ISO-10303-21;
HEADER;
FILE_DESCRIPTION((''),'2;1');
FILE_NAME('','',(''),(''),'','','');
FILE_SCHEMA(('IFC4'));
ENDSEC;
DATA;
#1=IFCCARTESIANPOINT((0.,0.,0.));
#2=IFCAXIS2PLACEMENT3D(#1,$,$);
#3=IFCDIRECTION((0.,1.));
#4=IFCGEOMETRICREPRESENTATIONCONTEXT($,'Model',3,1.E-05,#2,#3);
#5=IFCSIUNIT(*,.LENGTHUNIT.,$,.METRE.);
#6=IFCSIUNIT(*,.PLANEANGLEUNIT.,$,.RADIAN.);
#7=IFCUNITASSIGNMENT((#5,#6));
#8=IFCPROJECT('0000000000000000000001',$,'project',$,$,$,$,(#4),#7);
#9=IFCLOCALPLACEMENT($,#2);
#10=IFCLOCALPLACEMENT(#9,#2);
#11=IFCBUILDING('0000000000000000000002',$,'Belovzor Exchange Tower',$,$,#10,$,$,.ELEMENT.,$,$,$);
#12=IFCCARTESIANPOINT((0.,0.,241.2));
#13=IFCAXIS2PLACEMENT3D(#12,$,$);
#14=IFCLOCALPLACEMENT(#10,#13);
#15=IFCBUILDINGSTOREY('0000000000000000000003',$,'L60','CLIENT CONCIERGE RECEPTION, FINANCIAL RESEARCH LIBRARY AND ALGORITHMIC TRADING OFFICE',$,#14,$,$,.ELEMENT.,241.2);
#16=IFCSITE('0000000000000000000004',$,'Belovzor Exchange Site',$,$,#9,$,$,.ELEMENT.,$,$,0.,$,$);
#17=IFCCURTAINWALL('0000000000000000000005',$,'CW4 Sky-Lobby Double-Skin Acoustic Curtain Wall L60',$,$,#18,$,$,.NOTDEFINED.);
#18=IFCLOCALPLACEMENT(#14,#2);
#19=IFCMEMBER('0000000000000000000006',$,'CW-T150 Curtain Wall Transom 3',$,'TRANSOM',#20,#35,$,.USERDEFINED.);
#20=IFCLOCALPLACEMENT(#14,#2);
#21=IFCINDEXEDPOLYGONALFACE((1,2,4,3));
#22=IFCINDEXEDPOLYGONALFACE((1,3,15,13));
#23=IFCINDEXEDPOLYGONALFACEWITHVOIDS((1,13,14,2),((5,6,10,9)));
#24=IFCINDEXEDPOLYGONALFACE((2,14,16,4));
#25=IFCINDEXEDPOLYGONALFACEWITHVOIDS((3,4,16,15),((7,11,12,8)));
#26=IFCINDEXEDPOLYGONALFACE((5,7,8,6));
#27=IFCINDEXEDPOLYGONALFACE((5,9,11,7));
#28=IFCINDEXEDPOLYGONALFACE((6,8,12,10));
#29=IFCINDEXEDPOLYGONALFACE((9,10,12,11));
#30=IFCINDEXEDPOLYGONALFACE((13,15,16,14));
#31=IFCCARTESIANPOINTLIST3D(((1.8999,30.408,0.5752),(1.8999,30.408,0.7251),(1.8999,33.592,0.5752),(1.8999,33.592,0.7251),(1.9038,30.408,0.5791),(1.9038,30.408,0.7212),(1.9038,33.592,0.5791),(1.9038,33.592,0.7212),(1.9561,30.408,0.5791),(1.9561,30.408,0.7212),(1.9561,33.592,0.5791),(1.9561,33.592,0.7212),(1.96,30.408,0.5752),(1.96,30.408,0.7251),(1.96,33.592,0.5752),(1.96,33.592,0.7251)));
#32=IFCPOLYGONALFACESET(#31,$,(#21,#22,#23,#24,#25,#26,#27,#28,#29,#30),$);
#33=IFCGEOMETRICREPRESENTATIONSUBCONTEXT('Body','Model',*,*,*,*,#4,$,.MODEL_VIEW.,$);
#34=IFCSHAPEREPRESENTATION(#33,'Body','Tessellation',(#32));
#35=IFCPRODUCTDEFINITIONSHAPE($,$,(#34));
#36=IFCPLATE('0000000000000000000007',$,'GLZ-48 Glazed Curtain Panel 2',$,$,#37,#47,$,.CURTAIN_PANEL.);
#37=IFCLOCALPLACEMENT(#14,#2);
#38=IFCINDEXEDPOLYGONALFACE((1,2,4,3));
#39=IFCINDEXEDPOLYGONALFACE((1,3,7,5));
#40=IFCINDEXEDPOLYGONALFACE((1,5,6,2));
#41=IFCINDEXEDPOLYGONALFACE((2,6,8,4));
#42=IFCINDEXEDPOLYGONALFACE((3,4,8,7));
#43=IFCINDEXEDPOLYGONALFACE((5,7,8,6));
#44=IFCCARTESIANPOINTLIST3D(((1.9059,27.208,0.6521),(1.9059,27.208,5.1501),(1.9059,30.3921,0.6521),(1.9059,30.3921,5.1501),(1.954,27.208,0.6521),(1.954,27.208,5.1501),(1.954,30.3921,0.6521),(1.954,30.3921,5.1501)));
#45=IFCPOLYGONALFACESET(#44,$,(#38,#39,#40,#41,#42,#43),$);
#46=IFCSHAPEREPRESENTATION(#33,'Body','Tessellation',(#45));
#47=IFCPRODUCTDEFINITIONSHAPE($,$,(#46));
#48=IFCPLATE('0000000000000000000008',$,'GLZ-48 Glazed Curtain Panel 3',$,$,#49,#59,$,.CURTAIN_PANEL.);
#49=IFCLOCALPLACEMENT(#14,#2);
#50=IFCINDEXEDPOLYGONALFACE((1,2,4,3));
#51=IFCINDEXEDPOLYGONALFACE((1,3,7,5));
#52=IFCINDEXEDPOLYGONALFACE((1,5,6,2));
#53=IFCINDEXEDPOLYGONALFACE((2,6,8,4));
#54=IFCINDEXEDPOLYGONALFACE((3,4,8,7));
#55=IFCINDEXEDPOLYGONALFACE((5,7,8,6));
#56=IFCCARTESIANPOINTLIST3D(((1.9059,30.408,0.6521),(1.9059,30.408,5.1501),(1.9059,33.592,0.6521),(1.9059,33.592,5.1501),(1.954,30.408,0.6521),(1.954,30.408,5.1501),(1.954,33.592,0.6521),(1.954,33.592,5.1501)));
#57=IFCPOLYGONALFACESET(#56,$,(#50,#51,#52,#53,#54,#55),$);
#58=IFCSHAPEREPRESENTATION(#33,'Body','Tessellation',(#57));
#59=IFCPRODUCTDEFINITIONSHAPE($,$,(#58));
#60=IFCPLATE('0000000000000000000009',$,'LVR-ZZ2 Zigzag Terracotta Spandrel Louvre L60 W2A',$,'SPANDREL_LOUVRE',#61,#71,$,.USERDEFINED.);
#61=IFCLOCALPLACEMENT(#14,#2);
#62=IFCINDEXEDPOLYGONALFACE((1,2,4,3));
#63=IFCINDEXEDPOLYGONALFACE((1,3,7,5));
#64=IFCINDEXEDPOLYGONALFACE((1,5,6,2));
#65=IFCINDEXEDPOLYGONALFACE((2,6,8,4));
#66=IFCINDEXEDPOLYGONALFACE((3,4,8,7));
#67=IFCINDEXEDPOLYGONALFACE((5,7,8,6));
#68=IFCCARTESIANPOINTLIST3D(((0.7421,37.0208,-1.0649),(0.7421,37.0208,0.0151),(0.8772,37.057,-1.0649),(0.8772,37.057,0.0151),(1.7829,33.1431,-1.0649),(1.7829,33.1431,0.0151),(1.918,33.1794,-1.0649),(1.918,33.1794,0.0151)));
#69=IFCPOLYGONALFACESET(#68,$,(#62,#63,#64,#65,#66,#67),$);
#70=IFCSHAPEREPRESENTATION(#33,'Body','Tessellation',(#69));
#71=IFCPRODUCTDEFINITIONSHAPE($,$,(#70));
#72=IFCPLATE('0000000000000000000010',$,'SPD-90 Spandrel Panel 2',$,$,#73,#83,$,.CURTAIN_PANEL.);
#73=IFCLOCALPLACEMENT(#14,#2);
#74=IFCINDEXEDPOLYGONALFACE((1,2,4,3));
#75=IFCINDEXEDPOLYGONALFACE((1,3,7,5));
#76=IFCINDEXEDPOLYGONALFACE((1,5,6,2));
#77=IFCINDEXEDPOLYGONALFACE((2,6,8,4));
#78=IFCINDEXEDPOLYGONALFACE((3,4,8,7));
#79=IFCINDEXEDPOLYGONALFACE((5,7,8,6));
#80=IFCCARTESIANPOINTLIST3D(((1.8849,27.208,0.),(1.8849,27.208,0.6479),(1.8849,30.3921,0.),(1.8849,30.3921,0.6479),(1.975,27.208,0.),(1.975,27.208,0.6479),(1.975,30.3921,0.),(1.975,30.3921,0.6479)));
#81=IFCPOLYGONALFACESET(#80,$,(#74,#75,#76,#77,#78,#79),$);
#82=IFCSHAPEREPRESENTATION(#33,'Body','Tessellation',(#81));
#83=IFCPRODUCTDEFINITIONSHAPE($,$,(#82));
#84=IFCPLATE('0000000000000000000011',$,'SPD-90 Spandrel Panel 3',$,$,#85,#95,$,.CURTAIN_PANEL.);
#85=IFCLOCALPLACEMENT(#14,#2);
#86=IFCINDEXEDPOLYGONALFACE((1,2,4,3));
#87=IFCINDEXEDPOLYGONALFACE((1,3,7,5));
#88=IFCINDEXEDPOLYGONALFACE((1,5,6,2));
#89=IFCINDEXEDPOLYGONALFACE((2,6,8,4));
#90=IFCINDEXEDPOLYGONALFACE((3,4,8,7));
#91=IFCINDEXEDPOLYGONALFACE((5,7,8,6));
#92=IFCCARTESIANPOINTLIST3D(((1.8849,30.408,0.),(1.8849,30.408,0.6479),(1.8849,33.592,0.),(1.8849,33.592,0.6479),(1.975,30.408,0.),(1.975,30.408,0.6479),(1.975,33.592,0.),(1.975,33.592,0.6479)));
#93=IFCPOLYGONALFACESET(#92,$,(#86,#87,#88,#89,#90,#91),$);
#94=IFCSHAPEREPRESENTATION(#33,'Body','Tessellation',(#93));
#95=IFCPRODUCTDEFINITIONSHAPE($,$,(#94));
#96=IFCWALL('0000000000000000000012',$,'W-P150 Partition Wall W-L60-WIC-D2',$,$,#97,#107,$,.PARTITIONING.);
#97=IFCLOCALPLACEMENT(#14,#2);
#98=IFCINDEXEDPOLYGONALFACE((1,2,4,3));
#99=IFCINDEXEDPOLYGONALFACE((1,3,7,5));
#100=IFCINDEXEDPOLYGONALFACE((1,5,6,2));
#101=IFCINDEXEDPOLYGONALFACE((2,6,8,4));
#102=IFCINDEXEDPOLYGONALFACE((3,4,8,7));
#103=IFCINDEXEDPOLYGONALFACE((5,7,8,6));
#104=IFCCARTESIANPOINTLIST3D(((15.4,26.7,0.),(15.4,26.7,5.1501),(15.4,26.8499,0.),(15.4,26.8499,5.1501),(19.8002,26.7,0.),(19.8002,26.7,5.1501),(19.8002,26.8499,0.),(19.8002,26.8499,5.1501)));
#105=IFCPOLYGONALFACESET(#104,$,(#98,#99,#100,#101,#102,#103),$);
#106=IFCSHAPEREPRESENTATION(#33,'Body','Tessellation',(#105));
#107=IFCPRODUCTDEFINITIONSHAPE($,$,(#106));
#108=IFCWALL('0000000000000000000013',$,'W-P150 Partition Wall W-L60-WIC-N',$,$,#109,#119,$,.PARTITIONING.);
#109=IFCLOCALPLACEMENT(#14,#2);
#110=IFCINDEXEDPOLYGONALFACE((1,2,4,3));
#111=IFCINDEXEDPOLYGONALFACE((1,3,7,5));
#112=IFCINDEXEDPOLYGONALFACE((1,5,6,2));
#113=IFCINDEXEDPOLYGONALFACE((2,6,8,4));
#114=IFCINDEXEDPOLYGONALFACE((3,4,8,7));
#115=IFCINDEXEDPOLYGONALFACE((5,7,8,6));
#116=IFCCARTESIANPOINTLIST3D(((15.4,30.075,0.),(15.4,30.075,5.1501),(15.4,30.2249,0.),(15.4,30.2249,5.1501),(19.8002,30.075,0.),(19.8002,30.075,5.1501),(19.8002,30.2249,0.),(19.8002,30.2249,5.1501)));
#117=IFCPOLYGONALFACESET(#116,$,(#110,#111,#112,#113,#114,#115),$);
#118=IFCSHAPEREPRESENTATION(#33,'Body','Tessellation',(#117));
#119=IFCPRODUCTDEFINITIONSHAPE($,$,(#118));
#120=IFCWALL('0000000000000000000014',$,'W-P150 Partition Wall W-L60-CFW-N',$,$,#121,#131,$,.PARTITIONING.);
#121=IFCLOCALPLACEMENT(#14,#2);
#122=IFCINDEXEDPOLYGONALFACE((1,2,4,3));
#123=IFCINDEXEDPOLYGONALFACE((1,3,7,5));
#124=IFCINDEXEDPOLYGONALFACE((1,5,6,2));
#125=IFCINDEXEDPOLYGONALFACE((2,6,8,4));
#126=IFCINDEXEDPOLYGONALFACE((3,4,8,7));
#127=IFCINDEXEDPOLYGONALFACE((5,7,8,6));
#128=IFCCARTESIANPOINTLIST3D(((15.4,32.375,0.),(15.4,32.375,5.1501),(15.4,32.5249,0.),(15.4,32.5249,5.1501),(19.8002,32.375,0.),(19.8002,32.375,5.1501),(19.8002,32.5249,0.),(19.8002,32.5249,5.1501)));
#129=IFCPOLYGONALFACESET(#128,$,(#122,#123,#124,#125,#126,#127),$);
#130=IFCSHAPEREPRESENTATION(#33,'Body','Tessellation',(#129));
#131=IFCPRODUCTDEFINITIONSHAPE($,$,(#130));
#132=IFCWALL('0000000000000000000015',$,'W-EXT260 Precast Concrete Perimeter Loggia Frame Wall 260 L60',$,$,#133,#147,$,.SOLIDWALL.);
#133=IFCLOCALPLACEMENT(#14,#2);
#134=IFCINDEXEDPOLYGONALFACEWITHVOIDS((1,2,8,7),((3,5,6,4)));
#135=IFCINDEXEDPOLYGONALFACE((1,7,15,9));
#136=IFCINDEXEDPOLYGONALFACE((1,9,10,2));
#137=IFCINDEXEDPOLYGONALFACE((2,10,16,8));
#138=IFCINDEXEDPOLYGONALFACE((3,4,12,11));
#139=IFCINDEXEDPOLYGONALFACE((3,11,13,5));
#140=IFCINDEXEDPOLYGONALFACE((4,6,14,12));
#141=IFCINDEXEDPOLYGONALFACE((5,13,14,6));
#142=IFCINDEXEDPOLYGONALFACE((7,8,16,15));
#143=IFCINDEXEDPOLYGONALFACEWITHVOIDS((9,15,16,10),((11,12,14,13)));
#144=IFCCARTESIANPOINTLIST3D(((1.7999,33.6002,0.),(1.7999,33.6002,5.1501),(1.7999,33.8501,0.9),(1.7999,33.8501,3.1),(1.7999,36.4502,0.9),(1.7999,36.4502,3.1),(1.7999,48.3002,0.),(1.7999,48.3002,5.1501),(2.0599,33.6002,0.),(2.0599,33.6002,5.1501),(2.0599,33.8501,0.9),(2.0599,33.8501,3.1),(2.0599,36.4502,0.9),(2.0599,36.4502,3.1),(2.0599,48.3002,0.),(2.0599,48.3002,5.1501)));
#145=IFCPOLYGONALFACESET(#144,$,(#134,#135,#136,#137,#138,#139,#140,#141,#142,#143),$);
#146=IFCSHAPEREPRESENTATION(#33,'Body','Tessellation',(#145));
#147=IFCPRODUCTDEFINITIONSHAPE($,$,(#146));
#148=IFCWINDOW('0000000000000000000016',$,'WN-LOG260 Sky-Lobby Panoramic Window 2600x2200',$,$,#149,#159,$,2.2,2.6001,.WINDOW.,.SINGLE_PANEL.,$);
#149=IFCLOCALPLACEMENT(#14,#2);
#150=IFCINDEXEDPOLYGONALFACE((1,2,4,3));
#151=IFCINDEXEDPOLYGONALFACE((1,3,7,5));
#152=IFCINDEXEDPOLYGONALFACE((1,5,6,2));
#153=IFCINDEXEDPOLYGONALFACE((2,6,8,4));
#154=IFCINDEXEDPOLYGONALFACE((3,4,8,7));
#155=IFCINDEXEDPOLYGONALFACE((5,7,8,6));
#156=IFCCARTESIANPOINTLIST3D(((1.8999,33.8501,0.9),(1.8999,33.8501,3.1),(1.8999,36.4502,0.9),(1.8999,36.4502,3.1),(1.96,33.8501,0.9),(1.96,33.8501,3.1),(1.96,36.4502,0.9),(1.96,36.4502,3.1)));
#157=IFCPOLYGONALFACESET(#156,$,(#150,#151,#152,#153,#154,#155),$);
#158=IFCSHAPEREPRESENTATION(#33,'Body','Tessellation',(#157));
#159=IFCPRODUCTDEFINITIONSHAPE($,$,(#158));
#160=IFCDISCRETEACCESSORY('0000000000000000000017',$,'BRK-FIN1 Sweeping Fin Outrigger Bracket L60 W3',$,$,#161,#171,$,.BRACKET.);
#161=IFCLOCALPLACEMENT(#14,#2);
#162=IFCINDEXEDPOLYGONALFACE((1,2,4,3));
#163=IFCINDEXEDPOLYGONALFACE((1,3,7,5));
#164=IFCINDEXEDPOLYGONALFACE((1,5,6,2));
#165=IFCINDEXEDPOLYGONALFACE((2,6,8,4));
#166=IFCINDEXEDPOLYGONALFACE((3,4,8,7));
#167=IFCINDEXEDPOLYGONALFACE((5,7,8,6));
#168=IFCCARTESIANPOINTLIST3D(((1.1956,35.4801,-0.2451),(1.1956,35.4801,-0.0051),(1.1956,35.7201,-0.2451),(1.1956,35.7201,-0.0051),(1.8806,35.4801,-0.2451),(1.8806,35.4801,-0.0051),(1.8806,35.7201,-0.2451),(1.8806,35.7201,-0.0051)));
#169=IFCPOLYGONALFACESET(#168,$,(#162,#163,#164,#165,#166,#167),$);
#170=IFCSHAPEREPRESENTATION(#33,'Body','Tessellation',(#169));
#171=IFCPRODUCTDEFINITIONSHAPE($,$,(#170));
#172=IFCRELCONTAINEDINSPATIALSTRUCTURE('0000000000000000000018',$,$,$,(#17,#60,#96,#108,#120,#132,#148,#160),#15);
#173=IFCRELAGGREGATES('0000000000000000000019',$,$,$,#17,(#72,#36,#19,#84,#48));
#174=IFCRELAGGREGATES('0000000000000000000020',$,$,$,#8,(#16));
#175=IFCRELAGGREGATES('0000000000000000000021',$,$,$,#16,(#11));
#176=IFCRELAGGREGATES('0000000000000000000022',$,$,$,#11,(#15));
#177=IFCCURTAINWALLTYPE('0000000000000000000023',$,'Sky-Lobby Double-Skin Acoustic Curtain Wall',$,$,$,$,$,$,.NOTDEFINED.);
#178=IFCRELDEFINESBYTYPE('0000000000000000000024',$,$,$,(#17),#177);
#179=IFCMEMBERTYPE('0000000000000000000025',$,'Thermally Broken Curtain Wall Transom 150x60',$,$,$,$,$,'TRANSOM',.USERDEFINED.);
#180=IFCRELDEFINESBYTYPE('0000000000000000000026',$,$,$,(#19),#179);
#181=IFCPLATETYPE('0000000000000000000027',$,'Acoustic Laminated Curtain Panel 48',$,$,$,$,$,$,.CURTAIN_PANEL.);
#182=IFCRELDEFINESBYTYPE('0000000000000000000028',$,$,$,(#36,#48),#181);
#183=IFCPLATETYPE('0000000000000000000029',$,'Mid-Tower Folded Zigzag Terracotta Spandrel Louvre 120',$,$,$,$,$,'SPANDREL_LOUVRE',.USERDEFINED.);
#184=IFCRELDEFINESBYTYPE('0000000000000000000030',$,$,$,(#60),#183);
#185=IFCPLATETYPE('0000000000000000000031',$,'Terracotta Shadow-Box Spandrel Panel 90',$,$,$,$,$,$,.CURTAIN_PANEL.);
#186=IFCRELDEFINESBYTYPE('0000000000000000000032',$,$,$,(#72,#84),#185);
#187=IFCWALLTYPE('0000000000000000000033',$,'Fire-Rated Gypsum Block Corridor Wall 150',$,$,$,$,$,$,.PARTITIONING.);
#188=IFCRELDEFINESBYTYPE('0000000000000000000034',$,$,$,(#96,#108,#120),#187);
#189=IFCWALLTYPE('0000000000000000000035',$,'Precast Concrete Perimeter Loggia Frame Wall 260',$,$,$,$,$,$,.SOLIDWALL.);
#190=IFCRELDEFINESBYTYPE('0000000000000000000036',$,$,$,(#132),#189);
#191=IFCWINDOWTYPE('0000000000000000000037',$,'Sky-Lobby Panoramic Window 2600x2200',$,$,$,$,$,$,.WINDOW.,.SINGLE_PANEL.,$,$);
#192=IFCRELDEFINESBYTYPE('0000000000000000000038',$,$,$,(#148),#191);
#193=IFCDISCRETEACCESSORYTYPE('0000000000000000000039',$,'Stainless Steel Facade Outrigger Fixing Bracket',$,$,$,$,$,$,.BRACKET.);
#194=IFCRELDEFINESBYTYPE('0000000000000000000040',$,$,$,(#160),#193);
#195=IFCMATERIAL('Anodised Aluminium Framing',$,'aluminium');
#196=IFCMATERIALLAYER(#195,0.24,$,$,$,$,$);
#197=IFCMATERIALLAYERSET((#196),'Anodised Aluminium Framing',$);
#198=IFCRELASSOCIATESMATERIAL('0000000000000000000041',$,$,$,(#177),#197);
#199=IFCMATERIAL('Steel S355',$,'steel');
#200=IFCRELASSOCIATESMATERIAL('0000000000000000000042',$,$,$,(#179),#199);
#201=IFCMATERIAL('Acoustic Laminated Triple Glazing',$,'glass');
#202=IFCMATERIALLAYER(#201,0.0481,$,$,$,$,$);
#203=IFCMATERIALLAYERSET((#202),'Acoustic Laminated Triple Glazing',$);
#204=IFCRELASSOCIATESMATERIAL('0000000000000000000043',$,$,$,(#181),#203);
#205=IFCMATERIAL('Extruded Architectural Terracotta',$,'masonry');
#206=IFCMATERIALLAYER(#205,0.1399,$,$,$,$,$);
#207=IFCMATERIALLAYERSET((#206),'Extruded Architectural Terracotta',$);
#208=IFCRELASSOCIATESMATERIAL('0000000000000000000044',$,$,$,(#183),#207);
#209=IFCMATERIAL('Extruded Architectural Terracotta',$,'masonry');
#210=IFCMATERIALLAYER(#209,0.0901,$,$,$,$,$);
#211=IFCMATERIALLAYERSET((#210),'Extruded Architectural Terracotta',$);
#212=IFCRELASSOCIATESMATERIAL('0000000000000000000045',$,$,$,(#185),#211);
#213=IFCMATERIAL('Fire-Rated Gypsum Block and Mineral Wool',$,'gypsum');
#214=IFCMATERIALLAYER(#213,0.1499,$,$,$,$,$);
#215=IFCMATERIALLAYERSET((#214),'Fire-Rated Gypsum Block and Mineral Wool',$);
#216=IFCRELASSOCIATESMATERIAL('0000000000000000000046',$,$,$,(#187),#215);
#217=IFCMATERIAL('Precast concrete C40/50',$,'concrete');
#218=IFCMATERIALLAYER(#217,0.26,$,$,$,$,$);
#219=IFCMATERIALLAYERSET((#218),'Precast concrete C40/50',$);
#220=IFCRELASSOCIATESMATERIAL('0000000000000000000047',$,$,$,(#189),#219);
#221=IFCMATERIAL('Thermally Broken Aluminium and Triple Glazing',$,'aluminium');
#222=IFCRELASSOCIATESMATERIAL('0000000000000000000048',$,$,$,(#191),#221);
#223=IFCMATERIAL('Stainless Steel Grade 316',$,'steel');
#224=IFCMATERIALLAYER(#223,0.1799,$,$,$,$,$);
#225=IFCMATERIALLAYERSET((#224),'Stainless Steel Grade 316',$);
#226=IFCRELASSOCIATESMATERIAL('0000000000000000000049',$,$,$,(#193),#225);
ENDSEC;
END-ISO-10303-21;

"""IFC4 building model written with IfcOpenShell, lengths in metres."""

from ifc_helpers import new_model, si_unit, direction, frame, frame_2d, origin, origin_2d, place, context, subcontext, project, spatial, rectangle, hollow_rectangle, extrude, material, layer, layer_set, material_profile, profile_set, type_object, element, fill, aggregate, save


model = new_model("IFC4")

# Units and contexts
model_context = context("Model", 3, precision=1e-05, world=origin(), true_north=direction((0.0, 1.0)))
body_context = subcontext(model_context, "Body", "Model", "MODEL_VIEW")
ifc_project = project(units=[si_unit("LENGTHUNIT", "METRE"), si_unit("PLANEANGLEUNIT", "RADIAN")], contexts=[model_context])

# Site, building, storey
site_placement = place(None, origin())
site = spatial("IfcSite", under=ifc_project, at=site_placement, Name="Belovzor Exchange Site", CompositionType="ELEMENT", RefElevation=0.0)
building_placement = place(site_placement, origin())
building = spatial("IfcBuilding", under=site, at=building_placement, Name="Belovzor Exchange Tower", CompositionType="ELEMENT")
storey_placement = place(building_placement, frame((0.0, 0.0, 241.2)))
storey = spatial("IfcBuildingStorey", under=building, at=storey_placement, Name="L60", Description="CLIENT CONCIERGE RECEPTION, FINANCIAL RESEARCH LIBRARY AND ALGORITHMIC TRADING OFFICE", CompositionType="ELEMENT", Elevation=241.2)

# Curtain wall, member, plates
ifc_material_1 = material(Name="Anodised Aluminium Framing", Category="aluminium")
ifc_layer_1 = layer(ifc_material_1, 0.24)
ifc_layer_set_1 = layer_set([ifc_layer_1], Name="Anodised Aluminium Framing")
curtain_wall_type = type_object("IfcCurtainWallType", Name="Sky-Lobby Double-Skin Acoustic Curtain Wall", PredefinedType="NOTDEFINED", material=ifc_layer_set_1)
curtain_wall_placement = place(storey_placement, origin())
curtain_wall = element("IfcCurtainWall", 1, at=curtain_wall_placement, inside=storey, type_object=curtain_wall_type, Name="CW4 Sky-Lobby Double-Skin Acoustic Curtain Wall L60", PredefinedType="NOTDEFINED")
ifc_material_2 = material(Name="Steel S355", Category="steel")
ifc_material_profile_1 = material_profile(ifc_material_2, hollow_rectangle(XDim=0.0601, YDim=0.1499, WallThickness=0.0039, at=origin_2d()))
ifc_profile_set_1 = profile_set([ifc_material_profile_1], Name="Steel S355")
member_type_1 = type_object("IfcMemberType", Name="Thermally Broken Curtain Wall Transom 150x60", ElementType="TRANSOM", PredefinedType="USERDEFINED", material=ifc_profile_set_1)
member_1_placement = place(storey_placement, frame((1.9299, 30.408, 0.6501), z_axis=(0.0, 1.0, 0.0), x_axis=(-1.0, 0.0, 0.0)))
member_1 = element("IfcMember", 2, at=member_1_placement, type_object=member_type_1, Name="CW-T150 Curtain Wall Transom 3", ObjectType="TRANSOM", PredefinedType="USERDEFINED", context=body_context, shape_type="SweptSolid", body=[
    extrude(hollow_rectangle(XDim=0.0601, YDim=0.1499, WallThickness=0.0039, at=origin_2d()), origin(), (0.0, 0.0, 1.0), 3.1841),
])
ifc_material_3 = material(Name="Acoustic Laminated Triple Glazing", Category="glass")
ifc_layer_2 = layer(ifc_material_3, 0.0481)
ifc_layer_set_2 = layer_set([ifc_layer_2], Name="Acoustic Laminated Triple Glazing")
plate_type_1 = type_object("IfcPlateType", Name="Acoustic Laminated Curtain Panel 48", PredefinedType="CURTAIN_PANEL", material=ifc_layer_set_2)
plate_1_placement = place(storey_placement, frame((1.9299, 28.8, 0.6521), z_axis=(0.0, 0.0, 1.0), x_axis=(0.0, 1.0, 0.0)))
plate_1 = element("IfcPlate", 3, at=plate_1_placement, type_object=plate_type_1, Name="GLZ-48 Glazed Curtain Panel 2", PredefinedType="CURTAIN_PANEL", context=body_context, shape_type="SweptSolid", body=[
    extrude(rectangle(XDim=3.1841, YDim=0.0481, at=origin_2d()), origin(), (0.0, 0.0, 1.0), 4.498),
])
plate_2_placement = place(storey_placement, frame((1.9299, 32.0, 0.6521), z_axis=(0.0, 0.0, 1.0), x_axis=(0.0, 1.0, 0.0)))
plate_2 = element("IfcPlate", 4, at=plate_2_placement, type_object=plate_type_1, Name="GLZ-48 Glazed Curtain Panel 3", PredefinedType="CURTAIN_PANEL", context=body_context, shape_type="SweptSolid", body=[
    extrude(rectangle(XDim=3.1841, YDim=0.0481, at=origin_2d()), origin(), (0.0, 0.0, 1.0), 4.498),
])

# Plates
ifc_material_4 = material(Name="Extruded Architectural Terracotta", Category="masonry")
ifc_layer_3 = layer(ifc_material_4, 0.1399)
ifc_layer_set_3 = layer_set([ifc_layer_3], Name="Extruded Architectural Terracotta")
plate_type_2 = type_object("IfcPlateType", Name="Mid-Tower Folded Zigzag Terracotta Spandrel Louvre 120", ElementType="SPANDREL_LOUVRE", PredefinedType="USERDEFINED", material=ifc_layer_set_3)
plate_3_placement = place(storey_placement, frame((1.3301, 35.1001, -1.0649), z_axis=(0.0, 0.0, 1.0), x_axis=(-0.25924, 0.965813, 0.0)))
element("IfcPlate", 5, at=plate_3_placement, inside=storey, type_object=plate_type_2, Name="LVR-ZZ2 Zigzag Terracotta Spandrel Louvre L60 W2A", ObjectType="SPANDREL_LOUVRE", PredefinedType="USERDEFINED", context=body_context, shape_type="SweptSolid", body=[
    extrude(rectangle(XDim=4.0149, YDim=0.1399, at=origin_2d()), origin(), (0.0, 0.0, 1.0), 1.0801),
])
ifc_material_5 = material(Name="Extruded Architectural Terracotta", Category="masonry")
ifc_layer_4 = layer(ifc_material_5, 0.0901)
ifc_layer_set_4 = layer_set([ifc_layer_4], Name="Extruded Architectural Terracotta")
plate_type_3 = type_object("IfcPlateType", Name="Terracotta Shadow-Box Spandrel Panel 90", PredefinedType="CURTAIN_PANEL", material=ifc_layer_set_4)
plate_4_placement = place(storey_placement, frame((1.9299, 28.8, 0.0), z_axis=(0.0, 0.0, 1.0), x_axis=(0.0, 1.0, 0.0)))
plate_4 = element("IfcPlate", 6, at=plate_4_placement, type_object=plate_type_3, Name="SPD-90 Spandrel Panel 2", PredefinedType="CURTAIN_PANEL", context=body_context, shape_type="SweptSolid", body=[
    extrude(rectangle(XDim=3.1841, YDim=0.0901, at=origin_2d()), origin(), (0.0, 0.0, 1.0), 0.6479),
])
plate_5_placement = place(storey_placement, frame((1.9299, 32.0, 0.0), z_axis=(0.0, 0.0, 1.0), x_axis=(0.0, 1.0, 0.0)))
plate_5 = element("IfcPlate", 7, at=plate_5_placement, type_object=plate_type_3, Name="SPD-90 Spandrel Panel 3", PredefinedType="CURTAIN_PANEL", context=body_context, shape_type="SweptSolid", body=[
    extrude(rectangle(XDim=3.1841, YDim=0.0901, at=origin_2d()), origin(), (0.0, 0.0, 1.0), 0.6479),
])
aggregate(curtain_wall, [plate_4, plate_1, member_1, plate_5, plate_2])

# Walls
ifc_material_6 = material(Name="Fire-Rated Gypsum Block and Mineral Wool", Category="gypsum")
ifc_layer_5 = layer(ifc_material_6, 0.1499)
ifc_layer_set_5 = layer_set([ifc_layer_5], Name="Fire-Rated Gypsum Block and Mineral Wool")
wall_type_1 = type_object("IfcWallType", Name="Fire-Rated Gypsum Block Corridor Wall 150", PredefinedType="PARTITIONING", material=ifc_layer_set_5)
for number, where, z_axis, x_axis, name in (
    (8, (15.3999, 26.7749, 0.0), (0.0, 0.0, 1.0), (1.0, 0.0, 0.0), "W-P150 Partition Wall W-L60-WIC-D2"),
    (9, (15.3999, 30.1499, 0.0), (0.0, 0.0, 1.0), (1.0, 0.0, 0.0), "W-P150 Partition Wall W-L60-WIC-N"),
    (10, (15.3999, 32.45, 0.0), (0.0, 0.0, 1.0), (1.0, 0.0, 0.0), "W-P150 Partition Wall W-L60-CFW-N"),
):
    element("IfcWall", number, at=place(storey_placement, frame(where, z_axis=z_axis, x_axis=x_axis)), inside=storey, type_object=wall_type_1, Name=name, PredefinedType="PARTITIONING", context=body_context, shape_type="SweptSolid", body=[
        extrude(rectangle(XDim=4.4001, YDim=0.1499, at=frame_2d((2.2002, 0.0))), origin(), (0.0, 0.0, 1.0), 5.1501),
    ])

# Wall, opening, window
ifc_material_7 = material(Name="Precast concrete C40/50", Category="concrete")
ifc_layer_6 = layer(ifc_material_7, 0.26)
ifc_layer_set_6 = layer_set([ifc_layer_6], Name="Precast concrete C40/50")
wall_type_2 = type_object("IfcWallType", Name="Precast Concrete Perimeter Loggia Frame Wall 260", PredefinedType="SOLIDWALL", material=ifc_layer_set_6)
wall_placement = place(storey_placement, frame((1.9299, 33.6001, 0.0), z_axis=(0.0, 0.0, 1.0), x_axis=(0.0, 1.0, 0.0)))
wall = element("IfcWall", 11, at=wall_placement, inside=storey, type_object=wall_type_2, Name="W-EXT260 Precast Concrete Perimeter Loggia Frame Wall 260 L60", PredefinedType="SOLIDWALL", context=body_context, shape_type="SweptSolid", body=[
    extrude(rectangle(XDim=14.7, YDim=0.26, at=frame_2d((7.3501, 0.0))), origin(), (0.0, 0.0, 1.0), 5.1501),
])
opening_placement = place(wall_placement, frame((0.25, 0.0, 0.8999)))
opening = element("IfcOpeningElement", 12, at=opening_placement, cuts=wall, PredefinedType="OPENING", context=body_context, shape_type="SweptSolid", body=[
    extrude(rectangle(XDim=2.6001, YDim=2.2, at=frame_2d((1.3, 1.1001))), frame((0.0, 0.1399, 0.0), z_axis=(0.0, -1.0, 0.0), x_axis=(1.0, 0.0, 0.0)), (0.0, 0.0, 1.0), 0.28),
])
ifc_material_8 = material(Name="Thermally Broken Aluminium and Triple Glazing", Category="aluminium")
window_type = type_object("IfcWindowType", Name="Sky-Lobby Panoramic Window 2600x2200", PartitioningType="SINGLE_PANEL", PredefinedType="WINDOW", material=ifc_material_8)
window_placement = place(opening_placement, origin())
window = element("IfcWindow", 13, at=window_placement, inside=storey, type_object=window_type, Name="WN-LOG260 Sky-Lobby Panoramic Window 2600x2200", OverallHeight=2.2, OverallWidth=2.6001, PartitioningType="SINGLE_PANEL", PredefinedType="WINDOW", context=body_context, shape_type="SweptSolid", body=[
    extrude(rectangle(XDim=2.6001, YDim=2.2, at=frame_2d((1.3, 1.1001))), frame((0.0, 0.03, 0.0), z_axis=(0.0, -1.0, 0.0), x_axis=(1.0, 0.0, 0.0)), (0.0, 0.0, 1.0), 0.0601),
])
fill(opening, window)

# Discrete accessory
ifc_material_9 = material(Name="Stainless Steel Grade 316", Category="steel")
ifc_layer_7 = layer(ifc_material_9, 0.1799)
ifc_layer_set_7 = layer_set([ifc_layer_7], Name="Stainless Steel Grade 316")
discrete_accessory_type = type_object("IfcDiscreteAccessoryType", Name="Stainless Steel Facade Outrigger Fixing Bracket", PredefinedType="BRACKET", material=ifc_layer_set_7)
discrete_accessory_placement = place(storey_placement, frame((1.5381, 35.6001, -0.2451), z_axis=(0.0, 0.0, 1.0), x_axis=(1.0, 0.0, 0.0)))
element("IfcDiscreteAccessory", 14, at=discrete_accessory_placement, inside=storey, type_object=discrete_accessory_type, Name="BRK-FIN1 Sweeping Fin Outrigger Bracket L60 W3", PredefinedType="BRACKET", context=body_context, shape_type="SweptSolid", body=[
    extrude(rectangle(XDim=0.6851, YDim=0.24, at=origin_2d()), origin(), (0.0, 0.0, 1.0), 0.24),
])

save(model, "model.ifc")
